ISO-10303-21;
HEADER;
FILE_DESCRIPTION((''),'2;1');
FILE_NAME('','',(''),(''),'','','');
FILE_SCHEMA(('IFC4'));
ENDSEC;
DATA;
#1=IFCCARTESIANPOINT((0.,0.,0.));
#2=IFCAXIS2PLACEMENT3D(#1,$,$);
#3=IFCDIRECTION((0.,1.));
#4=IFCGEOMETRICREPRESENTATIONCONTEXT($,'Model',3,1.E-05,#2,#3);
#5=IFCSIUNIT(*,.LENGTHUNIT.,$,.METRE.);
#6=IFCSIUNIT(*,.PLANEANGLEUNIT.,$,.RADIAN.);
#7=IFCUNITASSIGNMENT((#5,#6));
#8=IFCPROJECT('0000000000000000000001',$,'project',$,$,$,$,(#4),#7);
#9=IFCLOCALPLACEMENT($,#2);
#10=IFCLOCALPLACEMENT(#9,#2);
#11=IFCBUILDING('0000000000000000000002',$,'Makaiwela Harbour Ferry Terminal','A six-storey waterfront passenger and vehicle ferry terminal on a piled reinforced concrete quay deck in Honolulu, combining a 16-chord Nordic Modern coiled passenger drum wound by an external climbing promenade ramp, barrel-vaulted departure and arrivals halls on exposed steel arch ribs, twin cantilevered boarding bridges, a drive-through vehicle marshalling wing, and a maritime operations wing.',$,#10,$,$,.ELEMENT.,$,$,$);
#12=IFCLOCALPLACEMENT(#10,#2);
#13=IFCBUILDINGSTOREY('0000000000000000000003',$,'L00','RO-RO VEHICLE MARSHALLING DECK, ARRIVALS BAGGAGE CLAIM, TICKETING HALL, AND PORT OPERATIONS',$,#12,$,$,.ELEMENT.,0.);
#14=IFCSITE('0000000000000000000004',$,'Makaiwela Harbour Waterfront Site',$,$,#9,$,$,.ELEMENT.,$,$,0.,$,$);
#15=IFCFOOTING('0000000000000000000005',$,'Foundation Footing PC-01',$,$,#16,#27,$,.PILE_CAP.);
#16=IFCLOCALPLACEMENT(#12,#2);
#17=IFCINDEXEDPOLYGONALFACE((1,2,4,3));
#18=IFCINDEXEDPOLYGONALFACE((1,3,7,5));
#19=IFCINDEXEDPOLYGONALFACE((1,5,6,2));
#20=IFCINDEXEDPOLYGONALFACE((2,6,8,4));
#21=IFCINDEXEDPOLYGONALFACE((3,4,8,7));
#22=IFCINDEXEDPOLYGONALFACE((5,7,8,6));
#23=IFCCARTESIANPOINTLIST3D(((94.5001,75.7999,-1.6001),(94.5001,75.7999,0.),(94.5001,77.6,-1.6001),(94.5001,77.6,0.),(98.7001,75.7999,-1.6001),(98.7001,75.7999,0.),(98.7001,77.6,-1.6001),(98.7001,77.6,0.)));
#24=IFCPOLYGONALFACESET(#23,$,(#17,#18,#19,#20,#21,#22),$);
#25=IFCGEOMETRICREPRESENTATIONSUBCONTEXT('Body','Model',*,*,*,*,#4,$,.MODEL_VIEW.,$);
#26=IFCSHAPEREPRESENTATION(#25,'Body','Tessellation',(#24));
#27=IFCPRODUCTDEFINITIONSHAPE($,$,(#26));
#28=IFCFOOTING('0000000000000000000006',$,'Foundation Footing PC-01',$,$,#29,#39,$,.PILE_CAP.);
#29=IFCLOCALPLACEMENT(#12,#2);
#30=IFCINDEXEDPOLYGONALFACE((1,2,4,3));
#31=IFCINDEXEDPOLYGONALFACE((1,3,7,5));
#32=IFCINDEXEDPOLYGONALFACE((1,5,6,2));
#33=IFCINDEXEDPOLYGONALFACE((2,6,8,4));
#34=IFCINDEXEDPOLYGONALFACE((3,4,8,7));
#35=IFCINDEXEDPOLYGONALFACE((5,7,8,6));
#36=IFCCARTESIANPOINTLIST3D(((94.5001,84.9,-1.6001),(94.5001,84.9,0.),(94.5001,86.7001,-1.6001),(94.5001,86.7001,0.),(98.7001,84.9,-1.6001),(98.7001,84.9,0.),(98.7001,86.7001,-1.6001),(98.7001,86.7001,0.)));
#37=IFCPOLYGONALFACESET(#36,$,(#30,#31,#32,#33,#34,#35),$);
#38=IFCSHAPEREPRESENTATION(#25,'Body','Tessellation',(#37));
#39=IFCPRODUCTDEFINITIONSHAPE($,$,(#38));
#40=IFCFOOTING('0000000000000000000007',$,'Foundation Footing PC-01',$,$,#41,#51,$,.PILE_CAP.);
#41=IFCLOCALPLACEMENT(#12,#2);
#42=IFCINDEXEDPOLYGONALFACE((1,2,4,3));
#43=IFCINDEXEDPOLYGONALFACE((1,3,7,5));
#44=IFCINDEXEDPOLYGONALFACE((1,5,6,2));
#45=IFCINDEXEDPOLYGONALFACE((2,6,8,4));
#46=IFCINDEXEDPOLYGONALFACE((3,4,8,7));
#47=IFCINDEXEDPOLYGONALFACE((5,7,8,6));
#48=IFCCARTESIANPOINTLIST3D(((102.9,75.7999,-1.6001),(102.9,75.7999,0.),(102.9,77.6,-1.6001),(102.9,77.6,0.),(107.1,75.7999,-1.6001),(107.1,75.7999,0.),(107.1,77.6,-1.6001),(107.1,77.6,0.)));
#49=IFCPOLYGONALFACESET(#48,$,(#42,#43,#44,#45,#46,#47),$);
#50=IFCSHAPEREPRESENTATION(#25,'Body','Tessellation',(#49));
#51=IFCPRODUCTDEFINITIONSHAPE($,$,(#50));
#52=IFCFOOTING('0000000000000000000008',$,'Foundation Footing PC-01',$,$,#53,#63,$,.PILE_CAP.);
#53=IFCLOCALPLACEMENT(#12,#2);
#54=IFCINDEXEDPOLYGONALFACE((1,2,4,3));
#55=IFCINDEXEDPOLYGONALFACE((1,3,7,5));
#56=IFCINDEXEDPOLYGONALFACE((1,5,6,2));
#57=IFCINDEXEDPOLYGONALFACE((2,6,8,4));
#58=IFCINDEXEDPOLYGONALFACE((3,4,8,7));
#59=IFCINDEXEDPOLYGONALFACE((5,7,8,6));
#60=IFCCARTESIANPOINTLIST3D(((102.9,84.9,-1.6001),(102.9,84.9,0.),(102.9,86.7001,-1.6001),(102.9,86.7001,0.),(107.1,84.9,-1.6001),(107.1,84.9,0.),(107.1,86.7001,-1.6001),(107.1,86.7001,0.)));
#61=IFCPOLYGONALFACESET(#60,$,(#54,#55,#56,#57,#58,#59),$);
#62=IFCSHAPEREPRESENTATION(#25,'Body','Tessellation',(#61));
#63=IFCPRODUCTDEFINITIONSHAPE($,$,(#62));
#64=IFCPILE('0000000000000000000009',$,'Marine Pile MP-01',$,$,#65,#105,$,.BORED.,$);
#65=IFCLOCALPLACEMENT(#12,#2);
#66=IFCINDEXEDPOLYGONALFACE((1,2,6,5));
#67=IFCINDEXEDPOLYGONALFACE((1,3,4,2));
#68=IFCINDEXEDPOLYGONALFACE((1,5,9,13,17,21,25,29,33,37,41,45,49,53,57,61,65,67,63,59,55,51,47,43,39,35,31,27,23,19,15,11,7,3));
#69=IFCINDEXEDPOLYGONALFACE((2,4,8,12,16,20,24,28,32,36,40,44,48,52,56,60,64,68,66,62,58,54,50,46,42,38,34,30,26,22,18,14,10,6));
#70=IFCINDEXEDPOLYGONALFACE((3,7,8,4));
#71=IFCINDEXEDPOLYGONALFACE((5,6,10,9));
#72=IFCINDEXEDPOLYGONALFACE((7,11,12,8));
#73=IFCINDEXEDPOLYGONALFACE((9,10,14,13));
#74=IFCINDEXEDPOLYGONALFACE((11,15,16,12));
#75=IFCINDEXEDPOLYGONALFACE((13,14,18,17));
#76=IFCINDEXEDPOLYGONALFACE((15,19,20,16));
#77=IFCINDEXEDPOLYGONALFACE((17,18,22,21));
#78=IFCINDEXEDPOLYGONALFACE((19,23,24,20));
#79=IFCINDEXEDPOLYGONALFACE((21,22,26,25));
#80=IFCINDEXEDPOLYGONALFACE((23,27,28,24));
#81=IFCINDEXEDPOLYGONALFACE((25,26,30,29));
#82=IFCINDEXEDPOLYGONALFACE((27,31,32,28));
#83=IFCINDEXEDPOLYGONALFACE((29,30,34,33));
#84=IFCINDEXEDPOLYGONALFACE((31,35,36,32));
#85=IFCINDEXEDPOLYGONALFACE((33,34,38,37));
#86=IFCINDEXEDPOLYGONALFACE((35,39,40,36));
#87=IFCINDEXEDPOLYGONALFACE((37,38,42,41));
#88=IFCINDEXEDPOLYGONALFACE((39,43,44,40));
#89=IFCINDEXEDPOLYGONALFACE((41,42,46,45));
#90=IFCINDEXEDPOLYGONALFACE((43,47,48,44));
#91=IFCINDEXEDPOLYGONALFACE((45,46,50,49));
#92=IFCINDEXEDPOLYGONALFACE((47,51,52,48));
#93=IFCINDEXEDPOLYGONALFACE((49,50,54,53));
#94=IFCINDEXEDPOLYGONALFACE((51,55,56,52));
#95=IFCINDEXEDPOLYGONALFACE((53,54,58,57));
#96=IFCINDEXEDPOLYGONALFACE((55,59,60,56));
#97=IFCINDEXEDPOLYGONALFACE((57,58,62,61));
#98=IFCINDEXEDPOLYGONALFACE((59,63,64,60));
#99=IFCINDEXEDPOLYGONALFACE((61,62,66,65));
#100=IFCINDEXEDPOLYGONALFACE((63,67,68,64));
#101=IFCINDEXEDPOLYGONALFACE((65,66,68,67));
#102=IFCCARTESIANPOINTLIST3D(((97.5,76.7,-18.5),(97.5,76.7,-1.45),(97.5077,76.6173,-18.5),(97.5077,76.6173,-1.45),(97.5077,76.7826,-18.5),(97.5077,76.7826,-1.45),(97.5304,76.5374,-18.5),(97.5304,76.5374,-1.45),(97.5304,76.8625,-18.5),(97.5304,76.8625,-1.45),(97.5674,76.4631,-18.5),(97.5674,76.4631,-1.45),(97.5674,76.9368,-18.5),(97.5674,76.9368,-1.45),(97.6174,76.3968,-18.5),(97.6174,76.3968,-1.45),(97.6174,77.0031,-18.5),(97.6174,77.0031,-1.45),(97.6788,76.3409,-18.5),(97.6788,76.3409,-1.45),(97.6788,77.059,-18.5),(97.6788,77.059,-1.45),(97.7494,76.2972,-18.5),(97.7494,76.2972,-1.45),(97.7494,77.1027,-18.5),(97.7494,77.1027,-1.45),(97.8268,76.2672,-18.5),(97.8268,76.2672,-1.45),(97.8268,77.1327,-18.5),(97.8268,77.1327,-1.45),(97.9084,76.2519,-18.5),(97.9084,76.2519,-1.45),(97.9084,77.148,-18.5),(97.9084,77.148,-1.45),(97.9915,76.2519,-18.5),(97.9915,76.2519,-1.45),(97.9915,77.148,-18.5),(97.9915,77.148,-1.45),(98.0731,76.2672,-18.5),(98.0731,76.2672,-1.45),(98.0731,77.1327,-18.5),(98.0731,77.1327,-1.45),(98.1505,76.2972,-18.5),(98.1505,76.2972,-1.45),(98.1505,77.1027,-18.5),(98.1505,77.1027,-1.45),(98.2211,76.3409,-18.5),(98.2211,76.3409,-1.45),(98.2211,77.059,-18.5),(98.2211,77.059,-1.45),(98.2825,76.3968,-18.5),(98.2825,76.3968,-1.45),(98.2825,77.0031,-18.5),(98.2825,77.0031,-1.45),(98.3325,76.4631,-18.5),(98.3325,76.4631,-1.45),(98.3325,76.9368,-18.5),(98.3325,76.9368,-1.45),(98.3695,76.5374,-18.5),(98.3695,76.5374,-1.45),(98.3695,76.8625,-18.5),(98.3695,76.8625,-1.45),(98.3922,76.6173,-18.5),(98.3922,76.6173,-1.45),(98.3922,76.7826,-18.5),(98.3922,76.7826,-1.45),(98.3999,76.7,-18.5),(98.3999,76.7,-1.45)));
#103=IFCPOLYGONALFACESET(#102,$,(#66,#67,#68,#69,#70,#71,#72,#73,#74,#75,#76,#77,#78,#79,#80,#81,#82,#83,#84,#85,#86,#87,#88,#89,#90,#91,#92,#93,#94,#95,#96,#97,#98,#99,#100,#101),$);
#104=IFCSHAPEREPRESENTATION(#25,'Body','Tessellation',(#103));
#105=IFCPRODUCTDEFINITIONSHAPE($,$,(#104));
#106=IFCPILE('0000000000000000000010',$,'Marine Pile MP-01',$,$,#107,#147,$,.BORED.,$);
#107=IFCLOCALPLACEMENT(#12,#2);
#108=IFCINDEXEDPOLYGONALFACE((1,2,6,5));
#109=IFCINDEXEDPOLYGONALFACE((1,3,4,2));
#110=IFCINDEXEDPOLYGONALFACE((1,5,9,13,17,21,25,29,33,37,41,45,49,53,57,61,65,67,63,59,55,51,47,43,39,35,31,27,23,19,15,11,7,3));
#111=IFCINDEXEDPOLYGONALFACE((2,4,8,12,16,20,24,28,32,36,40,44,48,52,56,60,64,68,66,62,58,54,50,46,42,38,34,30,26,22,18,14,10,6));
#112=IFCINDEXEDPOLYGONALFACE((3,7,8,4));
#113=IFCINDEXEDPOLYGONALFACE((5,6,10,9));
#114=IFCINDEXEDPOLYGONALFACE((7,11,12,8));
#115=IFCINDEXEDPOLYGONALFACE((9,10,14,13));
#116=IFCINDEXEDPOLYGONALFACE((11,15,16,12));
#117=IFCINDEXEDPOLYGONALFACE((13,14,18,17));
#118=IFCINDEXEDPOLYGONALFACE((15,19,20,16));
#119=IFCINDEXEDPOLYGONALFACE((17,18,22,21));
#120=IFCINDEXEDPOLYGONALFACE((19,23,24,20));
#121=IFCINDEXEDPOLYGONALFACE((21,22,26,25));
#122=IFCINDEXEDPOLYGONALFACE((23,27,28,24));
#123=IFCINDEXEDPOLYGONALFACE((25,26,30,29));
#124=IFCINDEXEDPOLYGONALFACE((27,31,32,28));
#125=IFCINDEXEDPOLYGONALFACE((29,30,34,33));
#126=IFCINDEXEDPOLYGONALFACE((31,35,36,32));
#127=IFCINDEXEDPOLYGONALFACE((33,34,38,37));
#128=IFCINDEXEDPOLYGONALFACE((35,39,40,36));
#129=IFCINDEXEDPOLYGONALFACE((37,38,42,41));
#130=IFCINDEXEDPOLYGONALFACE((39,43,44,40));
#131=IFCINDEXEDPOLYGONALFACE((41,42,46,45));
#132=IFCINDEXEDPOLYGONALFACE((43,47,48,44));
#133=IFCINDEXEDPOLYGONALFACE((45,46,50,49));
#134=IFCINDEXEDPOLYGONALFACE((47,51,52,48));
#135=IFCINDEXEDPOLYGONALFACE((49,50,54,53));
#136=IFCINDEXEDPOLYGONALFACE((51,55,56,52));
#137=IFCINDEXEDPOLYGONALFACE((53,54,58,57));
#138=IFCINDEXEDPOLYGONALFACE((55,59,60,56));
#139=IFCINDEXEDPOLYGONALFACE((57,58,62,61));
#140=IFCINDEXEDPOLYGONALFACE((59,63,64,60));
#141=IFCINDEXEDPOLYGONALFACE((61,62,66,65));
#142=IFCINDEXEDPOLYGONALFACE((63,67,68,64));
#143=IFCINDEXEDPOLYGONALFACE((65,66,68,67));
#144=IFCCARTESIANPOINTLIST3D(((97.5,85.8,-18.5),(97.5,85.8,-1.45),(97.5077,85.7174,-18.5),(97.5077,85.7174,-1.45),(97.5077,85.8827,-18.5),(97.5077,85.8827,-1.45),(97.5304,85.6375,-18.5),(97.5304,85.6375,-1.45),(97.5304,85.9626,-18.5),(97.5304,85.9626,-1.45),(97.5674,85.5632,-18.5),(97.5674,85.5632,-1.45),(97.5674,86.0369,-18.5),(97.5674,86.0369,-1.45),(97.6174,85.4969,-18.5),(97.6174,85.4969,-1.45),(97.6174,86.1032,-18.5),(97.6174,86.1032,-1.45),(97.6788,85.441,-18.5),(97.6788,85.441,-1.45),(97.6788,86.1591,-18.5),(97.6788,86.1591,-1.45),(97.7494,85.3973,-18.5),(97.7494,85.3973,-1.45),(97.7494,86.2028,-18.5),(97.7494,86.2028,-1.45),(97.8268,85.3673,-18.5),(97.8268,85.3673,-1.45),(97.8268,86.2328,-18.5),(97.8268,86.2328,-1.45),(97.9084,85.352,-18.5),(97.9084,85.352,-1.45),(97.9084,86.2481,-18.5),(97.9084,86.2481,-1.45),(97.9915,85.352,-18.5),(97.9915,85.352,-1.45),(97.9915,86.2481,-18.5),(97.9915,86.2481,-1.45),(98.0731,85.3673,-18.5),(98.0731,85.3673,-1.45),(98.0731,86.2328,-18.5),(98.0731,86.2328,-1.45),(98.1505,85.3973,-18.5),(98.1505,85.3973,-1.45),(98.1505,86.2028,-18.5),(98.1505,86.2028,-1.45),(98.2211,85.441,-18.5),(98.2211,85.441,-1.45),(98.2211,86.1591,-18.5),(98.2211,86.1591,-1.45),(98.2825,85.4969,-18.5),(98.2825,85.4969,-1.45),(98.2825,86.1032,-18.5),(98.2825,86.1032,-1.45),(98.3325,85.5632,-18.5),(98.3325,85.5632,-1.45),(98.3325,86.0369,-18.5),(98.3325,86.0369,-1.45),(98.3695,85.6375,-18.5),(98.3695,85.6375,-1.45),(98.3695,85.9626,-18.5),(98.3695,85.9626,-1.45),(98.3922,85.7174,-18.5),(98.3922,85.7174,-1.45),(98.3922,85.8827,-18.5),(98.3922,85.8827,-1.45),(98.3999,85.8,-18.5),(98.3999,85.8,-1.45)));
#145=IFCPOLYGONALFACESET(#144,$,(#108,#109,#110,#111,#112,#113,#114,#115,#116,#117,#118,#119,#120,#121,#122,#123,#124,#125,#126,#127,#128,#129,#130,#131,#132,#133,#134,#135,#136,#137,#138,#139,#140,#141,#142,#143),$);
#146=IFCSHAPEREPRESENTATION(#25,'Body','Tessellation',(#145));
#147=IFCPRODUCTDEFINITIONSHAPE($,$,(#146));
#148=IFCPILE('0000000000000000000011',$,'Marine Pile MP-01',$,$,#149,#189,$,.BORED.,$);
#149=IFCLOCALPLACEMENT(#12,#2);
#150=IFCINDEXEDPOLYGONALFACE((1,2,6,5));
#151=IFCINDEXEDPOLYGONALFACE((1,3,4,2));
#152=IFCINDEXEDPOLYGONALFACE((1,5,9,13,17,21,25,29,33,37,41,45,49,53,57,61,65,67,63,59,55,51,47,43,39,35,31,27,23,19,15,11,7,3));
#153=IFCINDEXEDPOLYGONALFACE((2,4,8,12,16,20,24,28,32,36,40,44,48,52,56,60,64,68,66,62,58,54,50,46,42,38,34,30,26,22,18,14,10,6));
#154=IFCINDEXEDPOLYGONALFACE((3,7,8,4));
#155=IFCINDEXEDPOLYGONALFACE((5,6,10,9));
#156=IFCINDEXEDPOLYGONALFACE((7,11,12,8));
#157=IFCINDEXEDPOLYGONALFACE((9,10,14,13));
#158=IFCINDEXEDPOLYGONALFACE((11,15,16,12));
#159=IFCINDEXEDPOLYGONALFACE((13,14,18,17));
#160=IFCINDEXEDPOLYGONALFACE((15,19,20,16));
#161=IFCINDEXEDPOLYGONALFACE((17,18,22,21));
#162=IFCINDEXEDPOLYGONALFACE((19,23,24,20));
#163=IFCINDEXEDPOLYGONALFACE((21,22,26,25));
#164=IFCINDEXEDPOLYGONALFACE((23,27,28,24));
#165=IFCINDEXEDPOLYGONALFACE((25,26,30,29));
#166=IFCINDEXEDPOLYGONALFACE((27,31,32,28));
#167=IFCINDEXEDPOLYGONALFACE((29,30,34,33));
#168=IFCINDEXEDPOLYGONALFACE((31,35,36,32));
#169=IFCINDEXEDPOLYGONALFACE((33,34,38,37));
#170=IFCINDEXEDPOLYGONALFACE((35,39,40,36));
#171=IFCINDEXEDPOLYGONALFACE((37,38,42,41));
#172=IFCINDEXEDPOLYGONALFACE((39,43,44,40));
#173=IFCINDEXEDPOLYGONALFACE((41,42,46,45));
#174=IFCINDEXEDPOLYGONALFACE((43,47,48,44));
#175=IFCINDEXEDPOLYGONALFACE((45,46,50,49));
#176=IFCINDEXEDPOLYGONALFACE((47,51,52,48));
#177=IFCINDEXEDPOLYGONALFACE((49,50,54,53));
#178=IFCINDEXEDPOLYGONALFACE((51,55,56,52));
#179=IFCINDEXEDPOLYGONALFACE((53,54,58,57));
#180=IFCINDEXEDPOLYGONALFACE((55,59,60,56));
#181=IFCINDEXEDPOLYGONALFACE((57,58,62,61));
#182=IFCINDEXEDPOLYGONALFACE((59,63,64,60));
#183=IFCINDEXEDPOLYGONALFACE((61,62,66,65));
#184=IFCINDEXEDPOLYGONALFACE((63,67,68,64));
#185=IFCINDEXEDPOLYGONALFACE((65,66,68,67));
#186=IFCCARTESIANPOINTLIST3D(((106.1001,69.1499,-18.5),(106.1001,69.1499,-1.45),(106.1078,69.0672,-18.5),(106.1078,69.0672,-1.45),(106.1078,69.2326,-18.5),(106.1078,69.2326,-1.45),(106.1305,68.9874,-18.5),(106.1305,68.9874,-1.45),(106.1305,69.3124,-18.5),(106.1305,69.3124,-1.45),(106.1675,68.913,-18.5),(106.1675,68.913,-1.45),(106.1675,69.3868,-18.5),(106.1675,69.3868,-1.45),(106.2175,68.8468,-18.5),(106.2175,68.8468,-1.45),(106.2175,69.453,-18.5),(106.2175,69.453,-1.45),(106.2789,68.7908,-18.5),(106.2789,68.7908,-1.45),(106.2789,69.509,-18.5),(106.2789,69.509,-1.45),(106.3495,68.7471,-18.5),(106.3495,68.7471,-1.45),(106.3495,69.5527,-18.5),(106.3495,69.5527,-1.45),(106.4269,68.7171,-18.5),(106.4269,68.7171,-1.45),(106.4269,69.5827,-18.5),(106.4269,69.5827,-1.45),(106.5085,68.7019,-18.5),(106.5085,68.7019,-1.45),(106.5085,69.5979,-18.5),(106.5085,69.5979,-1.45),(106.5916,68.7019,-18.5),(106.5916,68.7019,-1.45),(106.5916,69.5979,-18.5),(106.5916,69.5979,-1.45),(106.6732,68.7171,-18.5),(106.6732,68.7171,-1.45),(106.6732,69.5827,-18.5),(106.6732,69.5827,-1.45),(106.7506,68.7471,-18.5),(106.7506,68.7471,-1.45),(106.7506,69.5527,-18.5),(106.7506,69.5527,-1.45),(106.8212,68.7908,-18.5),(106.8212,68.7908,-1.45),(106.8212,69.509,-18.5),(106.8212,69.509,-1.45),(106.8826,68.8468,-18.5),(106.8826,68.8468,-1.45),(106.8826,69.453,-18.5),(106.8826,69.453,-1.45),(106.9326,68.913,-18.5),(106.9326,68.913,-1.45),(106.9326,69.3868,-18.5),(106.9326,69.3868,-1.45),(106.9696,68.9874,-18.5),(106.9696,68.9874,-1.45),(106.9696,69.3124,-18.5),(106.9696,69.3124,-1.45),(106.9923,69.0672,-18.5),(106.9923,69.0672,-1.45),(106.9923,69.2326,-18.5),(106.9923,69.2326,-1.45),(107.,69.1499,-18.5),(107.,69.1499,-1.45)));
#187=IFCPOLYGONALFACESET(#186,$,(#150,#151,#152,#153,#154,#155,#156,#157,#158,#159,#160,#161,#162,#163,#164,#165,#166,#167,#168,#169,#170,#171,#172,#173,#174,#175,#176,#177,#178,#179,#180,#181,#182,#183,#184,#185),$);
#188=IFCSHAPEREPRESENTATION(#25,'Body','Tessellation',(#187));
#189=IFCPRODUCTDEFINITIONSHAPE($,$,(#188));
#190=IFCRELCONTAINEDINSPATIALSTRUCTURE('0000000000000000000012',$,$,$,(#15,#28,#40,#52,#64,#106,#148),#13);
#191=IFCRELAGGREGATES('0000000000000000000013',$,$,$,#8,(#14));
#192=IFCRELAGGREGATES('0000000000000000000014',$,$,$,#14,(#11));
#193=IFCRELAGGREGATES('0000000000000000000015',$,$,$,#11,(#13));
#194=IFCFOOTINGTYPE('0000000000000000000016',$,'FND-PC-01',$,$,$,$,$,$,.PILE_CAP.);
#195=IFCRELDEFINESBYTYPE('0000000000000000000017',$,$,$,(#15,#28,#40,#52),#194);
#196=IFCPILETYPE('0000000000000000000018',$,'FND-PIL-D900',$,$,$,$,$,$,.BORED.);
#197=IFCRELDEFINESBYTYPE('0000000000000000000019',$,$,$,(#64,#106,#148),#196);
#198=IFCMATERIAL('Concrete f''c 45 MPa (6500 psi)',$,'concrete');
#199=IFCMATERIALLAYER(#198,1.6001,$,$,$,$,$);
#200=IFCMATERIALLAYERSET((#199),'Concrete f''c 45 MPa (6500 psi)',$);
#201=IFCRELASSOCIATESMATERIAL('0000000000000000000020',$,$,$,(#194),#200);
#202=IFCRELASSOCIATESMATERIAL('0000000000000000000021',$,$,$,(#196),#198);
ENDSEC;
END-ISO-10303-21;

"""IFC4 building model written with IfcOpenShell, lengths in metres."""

from ifc_helpers import new_model, si_unit, direction, frame, origin, origin_2d, place, context, subcontext, project, spatial, rectangle, circle, extrude, material, layer, layer_set, material_profile, profile_set, type_object, element, save


model = new_model("IFC4")

# Units and contexts
model_context = context("Model", 3, precision=1e-05, world=origin(), true_north=direction((0.0, 1.0)))
body_context = subcontext(model_context, "Body", "Model", "MODEL_VIEW")
ifc_project = project(units=[si_unit("LENGTHUNIT", "METRE"), si_unit("PLANEANGLEUNIT", "RADIAN")], contexts=[model_context])

# Site, building, storey
site_placement = place(None, origin())
site = spatial("IfcSite", under=ifc_project, at=site_placement, Name="Makaiwela Harbour Waterfront Site", CompositionType="ELEMENT", RefElevation=0.0)
building_placement = place(site_placement, origin())
building = spatial("IfcBuilding", under=site, at=building_placement, Name="Makaiwela Harbour Ferry Terminal", Description="A six-storey waterfront passenger and vehicle ferry terminal on a piled reinforced concrete quay deck in Honolulu, combining a 16-chord Nordic Modern coiled passenger drum wound by an external climbing promenade ramp, barrel-vaulted departure and arrivals halls on exposed steel arch ribs, twin cantilevered boarding bridges, a drive-through vehicle marshalling wing, and a maritime operations wing.", CompositionType="ELEMENT")
storey_placement = place(building_placement, origin())
storey = spatial("IfcBuildingStorey", under=building, at=storey_placement, Name="L00", Description="RO-RO VEHICLE MARSHALLING DECK, ARRIVALS BAGGAGE CLAIM, TICKETING HALL, AND PORT OPERATIONS", CompositionType="ELEMENT", Elevation=0.0)

# Footings
ifc_material_1 = material(Name="Concrete f'c 45 MPa (6500 psi)", Category="concrete")
ifc_layer_1 = layer(ifc_material_1, 1.6001)
ifc_layer_set_1 = layer_set([ifc_layer_1], Name="Concrete f'c 45 MPa (6500 psi)")
footing_type_1 = type_object("IfcFootingType", Name="FND-PC-01", PredefinedType="PILE_CAP", material=ifc_layer_set_1)
for number, where, z_axis, x_axis, name in (
    (1, (96.6001, 76.7, -1.6001), (0.0, 0.0, 1.0), (1.0, 0.0, 0.0), "Foundation Footing PC-01"),
    (2, (96.6001, 85.8, -1.6001), (0.0, 0.0, 1.0), (1.0, 0.0, 0.0), "Foundation Footing PC-01"),
    (3, (105.0, 76.7, -1.6001), (0.0, 0.0, 1.0), (1.0, 0.0, 0.0), "Foundation Footing PC-01"),
    (4, (105.0, 85.8, -1.6001), (0.0, 0.0, 1.0), (1.0, 0.0, 0.0), "Foundation Footing PC-01"),
):
    element("IfcFooting", number, at=place(storey_placement, frame(where, z_axis=z_axis, x_axis=x_axis)), inside=storey, type_object=footing_type_1, Name=name, PredefinedType="PILE_CAP", context=body_context, shape_type="SweptSolid", body=[
        extrude(rectangle(XDim=4.2, YDim=1.8, at=origin_2d()), origin(), (0.0, 0.0, 1.0), 1.6001),
    ])

# Piles
ifc_material_profile_1 = material_profile(ifc_material_1, circle(Radius=0.45, at=origin_2d()), Name="PILE-D900")
ifc_profile_set_1 = profile_set([ifc_material_profile_1], Name="Concrete f'c 45 MPa (6500 psi)")
pile_type = type_object("IfcPileType", Name="FND-PIL-D900", PredefinedType="BORED", material=ifc_profile_set_1)
for number, where, z_axis, x_axis, name in (
    (5, (97.95, 76.7, -1.45), (0.0, 0.0, -1.0), (1.0, 0.0, 0.0), "Marine Pile MP-01"),
    (6, (97.95, 85.8, -1.45), (0.0, 0.0, -1.0), (1.0, 0.0, 0.0), "Marine Pile MP-01"),
    (7, (106.55, 69.1499, -1.45), (0.0, 0.0, -1.0), (1.0, 0.0, 0.0), "Marine Pile MP-01"),
):
    element("IfcPile", number, at=place(storey_placement, frame(where, z_axis=z_axis, x_axis=x_axis)), inside=storey, type_object=pile_type, Name=name, PredefinedType="BORED", context=body_context, shape_type="SweptSolid", body=[
        extrude(circle(Radius=0.45, at=origin_2d()), origin(), (0.0, 0.0, 1.0), 17.05),
    ])

save(model, "model.ifc")
